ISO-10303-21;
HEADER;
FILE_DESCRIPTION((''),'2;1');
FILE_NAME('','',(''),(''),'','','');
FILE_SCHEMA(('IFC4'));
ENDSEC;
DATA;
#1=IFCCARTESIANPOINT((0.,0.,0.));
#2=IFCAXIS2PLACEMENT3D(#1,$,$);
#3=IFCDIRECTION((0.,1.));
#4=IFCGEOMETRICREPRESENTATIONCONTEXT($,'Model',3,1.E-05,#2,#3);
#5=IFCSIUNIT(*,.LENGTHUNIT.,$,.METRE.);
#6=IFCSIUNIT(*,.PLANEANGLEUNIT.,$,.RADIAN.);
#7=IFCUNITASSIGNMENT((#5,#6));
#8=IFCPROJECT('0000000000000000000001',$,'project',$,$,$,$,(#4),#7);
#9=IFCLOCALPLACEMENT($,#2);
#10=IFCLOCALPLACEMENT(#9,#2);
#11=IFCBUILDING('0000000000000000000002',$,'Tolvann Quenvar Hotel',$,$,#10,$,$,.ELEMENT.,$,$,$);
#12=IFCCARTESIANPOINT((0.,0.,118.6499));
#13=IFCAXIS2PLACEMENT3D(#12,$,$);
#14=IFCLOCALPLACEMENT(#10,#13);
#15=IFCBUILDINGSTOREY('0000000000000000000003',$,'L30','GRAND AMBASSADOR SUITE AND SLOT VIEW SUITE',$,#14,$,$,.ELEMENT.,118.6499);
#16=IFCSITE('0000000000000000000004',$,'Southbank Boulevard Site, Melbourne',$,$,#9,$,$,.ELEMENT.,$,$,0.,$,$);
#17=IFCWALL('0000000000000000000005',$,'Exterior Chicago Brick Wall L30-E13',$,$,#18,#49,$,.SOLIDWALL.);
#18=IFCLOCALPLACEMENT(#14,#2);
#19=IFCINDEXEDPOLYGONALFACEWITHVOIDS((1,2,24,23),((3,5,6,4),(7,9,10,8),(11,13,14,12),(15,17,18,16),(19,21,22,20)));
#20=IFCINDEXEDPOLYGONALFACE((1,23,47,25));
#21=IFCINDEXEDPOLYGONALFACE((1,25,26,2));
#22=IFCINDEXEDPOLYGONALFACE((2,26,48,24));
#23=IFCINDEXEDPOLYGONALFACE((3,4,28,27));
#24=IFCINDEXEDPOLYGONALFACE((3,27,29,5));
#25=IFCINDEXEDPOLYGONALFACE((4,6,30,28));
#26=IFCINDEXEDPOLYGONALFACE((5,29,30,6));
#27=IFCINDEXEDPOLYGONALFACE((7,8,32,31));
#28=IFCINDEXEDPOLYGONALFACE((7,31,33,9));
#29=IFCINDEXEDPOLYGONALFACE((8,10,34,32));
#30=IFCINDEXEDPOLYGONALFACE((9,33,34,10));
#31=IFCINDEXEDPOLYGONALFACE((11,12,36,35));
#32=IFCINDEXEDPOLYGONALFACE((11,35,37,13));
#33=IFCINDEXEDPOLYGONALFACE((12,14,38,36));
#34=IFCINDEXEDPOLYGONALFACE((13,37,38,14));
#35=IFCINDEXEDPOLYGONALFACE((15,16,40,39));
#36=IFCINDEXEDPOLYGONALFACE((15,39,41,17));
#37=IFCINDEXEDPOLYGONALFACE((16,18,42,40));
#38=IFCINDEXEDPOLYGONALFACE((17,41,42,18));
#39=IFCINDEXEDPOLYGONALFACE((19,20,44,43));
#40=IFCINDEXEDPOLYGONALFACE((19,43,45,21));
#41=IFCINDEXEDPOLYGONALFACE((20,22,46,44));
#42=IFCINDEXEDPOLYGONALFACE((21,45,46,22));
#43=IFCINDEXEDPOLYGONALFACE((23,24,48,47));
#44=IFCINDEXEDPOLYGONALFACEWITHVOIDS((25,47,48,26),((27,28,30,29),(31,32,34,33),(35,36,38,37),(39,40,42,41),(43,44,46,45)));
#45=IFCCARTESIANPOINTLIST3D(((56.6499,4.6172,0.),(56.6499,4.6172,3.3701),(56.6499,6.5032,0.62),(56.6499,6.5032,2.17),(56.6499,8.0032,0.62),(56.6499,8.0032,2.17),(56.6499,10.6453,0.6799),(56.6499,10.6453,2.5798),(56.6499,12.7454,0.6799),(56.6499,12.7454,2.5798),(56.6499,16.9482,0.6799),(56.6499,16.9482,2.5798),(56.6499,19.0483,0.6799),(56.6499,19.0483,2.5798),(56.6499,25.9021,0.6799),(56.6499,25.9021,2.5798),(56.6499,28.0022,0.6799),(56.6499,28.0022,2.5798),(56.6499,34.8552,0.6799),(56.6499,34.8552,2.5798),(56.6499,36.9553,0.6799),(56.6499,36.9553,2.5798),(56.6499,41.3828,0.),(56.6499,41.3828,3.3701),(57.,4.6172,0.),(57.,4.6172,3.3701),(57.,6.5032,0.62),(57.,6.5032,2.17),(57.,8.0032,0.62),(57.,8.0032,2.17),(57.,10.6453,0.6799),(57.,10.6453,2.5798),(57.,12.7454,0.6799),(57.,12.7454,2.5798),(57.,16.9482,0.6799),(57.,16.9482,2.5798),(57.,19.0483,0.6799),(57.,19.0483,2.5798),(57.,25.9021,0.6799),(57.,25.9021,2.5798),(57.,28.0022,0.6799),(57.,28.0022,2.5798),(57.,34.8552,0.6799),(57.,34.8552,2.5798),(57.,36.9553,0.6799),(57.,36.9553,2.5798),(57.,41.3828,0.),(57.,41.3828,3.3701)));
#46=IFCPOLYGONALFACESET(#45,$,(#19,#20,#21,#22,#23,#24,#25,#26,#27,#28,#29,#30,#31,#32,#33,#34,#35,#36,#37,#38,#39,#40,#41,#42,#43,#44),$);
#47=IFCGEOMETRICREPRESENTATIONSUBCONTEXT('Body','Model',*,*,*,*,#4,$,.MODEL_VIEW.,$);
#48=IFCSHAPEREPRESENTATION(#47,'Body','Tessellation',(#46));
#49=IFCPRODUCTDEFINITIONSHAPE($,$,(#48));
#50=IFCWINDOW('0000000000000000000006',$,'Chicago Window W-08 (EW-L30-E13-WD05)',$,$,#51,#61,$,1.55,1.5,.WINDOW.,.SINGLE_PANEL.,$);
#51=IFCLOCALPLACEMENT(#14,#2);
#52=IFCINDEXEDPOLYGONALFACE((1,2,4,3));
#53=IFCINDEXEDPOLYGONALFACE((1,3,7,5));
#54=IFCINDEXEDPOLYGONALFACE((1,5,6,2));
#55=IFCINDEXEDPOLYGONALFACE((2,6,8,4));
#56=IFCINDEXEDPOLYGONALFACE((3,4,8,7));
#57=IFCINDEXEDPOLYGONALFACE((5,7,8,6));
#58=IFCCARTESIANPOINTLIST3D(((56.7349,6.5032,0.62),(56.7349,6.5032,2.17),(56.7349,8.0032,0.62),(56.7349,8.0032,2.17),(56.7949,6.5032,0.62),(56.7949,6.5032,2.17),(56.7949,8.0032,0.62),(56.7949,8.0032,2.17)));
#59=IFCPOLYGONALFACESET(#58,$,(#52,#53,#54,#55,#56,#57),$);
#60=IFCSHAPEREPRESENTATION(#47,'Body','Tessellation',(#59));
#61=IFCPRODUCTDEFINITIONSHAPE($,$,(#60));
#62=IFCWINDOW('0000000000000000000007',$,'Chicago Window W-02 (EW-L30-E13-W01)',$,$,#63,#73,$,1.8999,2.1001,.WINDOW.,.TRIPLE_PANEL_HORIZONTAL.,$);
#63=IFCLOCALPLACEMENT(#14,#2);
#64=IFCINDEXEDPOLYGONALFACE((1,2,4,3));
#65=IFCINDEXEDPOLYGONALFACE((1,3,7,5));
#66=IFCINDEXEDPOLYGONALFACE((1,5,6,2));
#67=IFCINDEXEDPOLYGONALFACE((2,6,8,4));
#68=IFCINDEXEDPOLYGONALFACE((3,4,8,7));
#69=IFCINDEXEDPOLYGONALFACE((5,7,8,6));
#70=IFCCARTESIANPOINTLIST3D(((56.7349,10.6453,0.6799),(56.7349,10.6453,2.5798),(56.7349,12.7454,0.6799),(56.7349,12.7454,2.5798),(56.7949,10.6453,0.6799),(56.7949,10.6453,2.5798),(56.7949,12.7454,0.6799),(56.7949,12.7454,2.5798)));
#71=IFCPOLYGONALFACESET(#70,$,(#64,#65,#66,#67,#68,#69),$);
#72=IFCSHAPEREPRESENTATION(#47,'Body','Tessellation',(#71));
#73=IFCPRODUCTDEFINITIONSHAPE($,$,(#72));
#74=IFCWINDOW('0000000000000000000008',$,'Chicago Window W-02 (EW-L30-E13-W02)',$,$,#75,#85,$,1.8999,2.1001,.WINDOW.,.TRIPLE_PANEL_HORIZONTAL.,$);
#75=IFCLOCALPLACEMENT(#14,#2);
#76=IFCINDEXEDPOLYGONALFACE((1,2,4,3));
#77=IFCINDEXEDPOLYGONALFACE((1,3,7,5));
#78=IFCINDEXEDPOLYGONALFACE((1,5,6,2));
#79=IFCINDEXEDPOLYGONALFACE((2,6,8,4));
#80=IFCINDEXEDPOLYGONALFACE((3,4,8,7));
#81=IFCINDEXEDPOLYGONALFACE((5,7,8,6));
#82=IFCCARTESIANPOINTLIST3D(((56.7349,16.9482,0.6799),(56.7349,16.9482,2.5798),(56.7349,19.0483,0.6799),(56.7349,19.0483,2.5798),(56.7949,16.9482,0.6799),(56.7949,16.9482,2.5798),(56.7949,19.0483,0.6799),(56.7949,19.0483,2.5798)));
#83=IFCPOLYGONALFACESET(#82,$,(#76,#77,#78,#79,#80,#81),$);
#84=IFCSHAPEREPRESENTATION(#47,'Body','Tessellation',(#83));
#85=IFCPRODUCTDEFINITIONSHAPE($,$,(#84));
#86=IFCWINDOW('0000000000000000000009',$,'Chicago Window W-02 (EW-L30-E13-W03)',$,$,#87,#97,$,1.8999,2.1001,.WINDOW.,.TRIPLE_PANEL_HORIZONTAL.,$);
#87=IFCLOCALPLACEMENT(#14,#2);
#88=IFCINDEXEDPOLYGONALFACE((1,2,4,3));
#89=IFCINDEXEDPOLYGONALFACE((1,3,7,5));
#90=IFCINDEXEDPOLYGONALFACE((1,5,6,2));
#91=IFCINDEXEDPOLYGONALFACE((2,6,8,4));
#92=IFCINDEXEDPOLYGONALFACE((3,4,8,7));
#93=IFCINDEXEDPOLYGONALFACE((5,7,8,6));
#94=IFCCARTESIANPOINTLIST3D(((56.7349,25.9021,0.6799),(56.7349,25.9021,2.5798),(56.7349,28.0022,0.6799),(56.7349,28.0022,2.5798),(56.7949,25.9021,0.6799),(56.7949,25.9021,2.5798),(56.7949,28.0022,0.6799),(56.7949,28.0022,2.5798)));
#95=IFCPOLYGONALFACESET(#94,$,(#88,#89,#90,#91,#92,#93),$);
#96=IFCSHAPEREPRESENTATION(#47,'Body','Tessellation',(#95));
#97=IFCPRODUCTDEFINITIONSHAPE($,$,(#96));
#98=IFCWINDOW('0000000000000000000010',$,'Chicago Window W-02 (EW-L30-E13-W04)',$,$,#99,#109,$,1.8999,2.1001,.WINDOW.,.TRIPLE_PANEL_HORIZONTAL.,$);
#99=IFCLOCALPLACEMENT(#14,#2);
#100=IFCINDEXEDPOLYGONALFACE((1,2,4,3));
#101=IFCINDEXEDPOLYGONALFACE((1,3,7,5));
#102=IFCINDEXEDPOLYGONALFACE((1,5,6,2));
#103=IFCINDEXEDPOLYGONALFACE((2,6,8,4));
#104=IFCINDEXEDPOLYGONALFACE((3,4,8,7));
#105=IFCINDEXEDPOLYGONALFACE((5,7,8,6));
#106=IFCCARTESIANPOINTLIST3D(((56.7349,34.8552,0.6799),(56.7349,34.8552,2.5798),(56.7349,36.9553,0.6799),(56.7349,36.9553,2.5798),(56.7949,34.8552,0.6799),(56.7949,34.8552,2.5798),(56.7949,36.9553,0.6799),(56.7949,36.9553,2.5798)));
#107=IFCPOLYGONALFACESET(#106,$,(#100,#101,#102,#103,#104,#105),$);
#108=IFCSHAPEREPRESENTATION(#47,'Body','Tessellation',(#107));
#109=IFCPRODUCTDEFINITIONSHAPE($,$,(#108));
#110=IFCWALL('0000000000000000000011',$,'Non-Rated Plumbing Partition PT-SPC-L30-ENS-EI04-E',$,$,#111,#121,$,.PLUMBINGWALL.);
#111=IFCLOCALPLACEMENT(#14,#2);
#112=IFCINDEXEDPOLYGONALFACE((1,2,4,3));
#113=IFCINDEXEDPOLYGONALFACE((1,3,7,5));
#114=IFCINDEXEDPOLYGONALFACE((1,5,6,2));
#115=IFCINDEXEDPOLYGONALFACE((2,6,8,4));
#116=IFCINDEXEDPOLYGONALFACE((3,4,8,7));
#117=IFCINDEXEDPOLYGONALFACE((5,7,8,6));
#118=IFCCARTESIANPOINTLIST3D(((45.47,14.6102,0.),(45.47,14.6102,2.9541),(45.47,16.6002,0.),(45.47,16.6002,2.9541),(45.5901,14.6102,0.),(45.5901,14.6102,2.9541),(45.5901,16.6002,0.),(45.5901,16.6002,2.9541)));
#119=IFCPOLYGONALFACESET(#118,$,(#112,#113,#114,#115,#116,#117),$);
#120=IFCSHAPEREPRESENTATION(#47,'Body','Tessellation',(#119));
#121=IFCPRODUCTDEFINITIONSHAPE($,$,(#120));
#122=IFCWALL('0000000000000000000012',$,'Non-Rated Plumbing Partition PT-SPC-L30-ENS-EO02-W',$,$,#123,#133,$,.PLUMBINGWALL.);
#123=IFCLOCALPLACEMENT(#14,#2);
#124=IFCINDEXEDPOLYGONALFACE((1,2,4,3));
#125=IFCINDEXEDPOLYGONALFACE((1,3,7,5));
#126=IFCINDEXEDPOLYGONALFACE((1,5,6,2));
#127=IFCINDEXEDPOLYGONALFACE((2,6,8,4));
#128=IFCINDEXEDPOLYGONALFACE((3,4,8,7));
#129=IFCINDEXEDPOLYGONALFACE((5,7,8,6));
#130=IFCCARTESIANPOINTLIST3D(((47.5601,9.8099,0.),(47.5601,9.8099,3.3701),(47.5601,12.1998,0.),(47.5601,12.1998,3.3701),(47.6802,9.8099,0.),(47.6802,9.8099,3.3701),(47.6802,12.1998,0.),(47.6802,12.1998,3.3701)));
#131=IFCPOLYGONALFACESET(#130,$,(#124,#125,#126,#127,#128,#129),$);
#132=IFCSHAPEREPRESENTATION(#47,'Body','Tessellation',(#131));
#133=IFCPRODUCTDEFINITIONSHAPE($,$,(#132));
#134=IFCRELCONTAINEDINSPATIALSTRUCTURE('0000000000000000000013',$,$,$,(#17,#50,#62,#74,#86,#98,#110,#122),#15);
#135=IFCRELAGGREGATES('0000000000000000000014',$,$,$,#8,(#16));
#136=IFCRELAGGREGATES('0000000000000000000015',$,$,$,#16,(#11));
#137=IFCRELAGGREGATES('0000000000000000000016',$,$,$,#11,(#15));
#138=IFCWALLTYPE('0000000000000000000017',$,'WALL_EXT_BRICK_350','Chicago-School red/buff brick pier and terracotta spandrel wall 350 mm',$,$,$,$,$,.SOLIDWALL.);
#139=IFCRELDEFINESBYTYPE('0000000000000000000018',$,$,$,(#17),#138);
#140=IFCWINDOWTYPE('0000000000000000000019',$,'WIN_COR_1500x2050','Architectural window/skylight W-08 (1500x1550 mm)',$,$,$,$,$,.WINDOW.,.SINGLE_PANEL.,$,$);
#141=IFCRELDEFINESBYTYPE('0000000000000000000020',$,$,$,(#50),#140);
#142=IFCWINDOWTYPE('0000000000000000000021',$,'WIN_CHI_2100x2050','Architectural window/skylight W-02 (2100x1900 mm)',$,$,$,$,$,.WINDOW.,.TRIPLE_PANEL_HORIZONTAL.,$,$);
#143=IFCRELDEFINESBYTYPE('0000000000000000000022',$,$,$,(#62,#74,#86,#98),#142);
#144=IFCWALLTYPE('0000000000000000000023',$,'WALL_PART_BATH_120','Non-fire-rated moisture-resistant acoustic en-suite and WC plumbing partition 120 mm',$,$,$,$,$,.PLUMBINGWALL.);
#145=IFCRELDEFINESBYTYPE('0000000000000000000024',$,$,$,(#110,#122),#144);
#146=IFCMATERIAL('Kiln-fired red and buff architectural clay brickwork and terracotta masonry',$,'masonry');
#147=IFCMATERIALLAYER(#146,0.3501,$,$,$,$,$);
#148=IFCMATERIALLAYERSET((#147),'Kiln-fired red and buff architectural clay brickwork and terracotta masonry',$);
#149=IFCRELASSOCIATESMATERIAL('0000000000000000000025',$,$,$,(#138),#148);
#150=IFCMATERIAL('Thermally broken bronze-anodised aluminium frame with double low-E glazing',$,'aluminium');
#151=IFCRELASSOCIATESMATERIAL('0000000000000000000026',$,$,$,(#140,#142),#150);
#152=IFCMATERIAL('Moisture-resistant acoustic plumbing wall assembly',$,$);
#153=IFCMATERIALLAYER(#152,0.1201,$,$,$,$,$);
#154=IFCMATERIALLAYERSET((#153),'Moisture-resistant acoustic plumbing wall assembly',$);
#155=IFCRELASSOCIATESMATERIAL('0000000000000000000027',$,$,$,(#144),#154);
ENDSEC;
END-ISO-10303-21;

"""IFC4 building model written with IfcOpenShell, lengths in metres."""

from ifc_helpers import new_model, si_unit, direction, frame, frame_2d, origin, place, context, subcontext, project, spatial, rectangle, extrude, source, transform, mapped, material, layer, layer_set, type_object, type_shapes, element, fill, save


model = new_model("IFC4")

# Units and contexts
model_context = context("Model", 3, precision=1e-05, world=origin(), true_north=direction((0.0, 1.0)))
body_context = subcontext(model_context, "Body", "Model", "MODEL_VIEW")
ifc_project = project(units=[si_unit("LENGTHUNIT", "METRE"), si_unit("PLANEANGLEUNIT", "RADIAN")], contexts=[model_context])

# Site, building, storey
site_placement = place(None, origin())
site = spatial("IfcSite", under=ifc_project, at=site_placement, Name="Southbank Boulevard Site, Melbourne", CompositionType="ELEMENT", RefElevation=0.0)
building_placement = place(site_placement, origin())
building = spatial("IfcBuilding", under=site, at=building_placement, Name="Tolvann Quenvar Hotel", CompositionType="ELEMENT")
storey_placement = place(building_placement, frame((0.0, 0.0, 118.6499)))
storey = spatial("IfcBuildingStorey", under=building, at=storey_placement, Name="L30", Description="GRAND AMBASSADOR SUITE AND SLOT VIEW SUITE", CompositionType="ELEMENT", Elevation=118.6499)

# Wall, openings, windows
ifc_material_1 = material(Name="Kiln-fired red and buff architectural clay brickwork and terracotta masonry", Category="masonry")
ifc_layer_1 = layer(ifc_material_1, 0.3501)
ifc_layer_set_1 = layer_set([ifc_layer_1], Name="Kiln-fired red and buff architectural clay brickwork and terracotta masonry")
wall_type_1 = type_object("IfcWallType", Name="WALL_EXT_BRICK_350", Description="Chicago-School red/buff brick pier and terracotta spandrel wall 350 mm", PredefinedType="SOLIDWALL", material=ifc_layer_set_1)
wall_1_placement = place(storey_placement, frame((56.825, 4.6172, 0.0), z_axis=(0.0, 0.0, 1.0), x_axis=(0.0, 1.0, 0.0)))
wall_1 = element("IfcWall", 1, at=wall_1_placement, inside=storey, type_object=wall_type_1, Name="Exterior Chicago Brick Wall L30-E13", PredefinedType="SOLIDWALL", context=body_context, shape_type="SweptSolid", body=[
    extrude(rectangle(XDim=36.7656, YDim=0.3501, at=frame_2d((18.3828, 0.0))), origin(), (0.0, 0.0, 1.0), 3.3701),
])
opening_1_placement = place(wall_1_placement, frame((6.0281, 0.0, 0.6799)))
opening_1 = element("IfcOpeningElement", 2, at=opening_1_placement, cuts=wall_1, PredefinedType="OPENING", context=body_context, shape_type="SweptSolid", body=[
    extrude(rectangle(XDim=2.1001, YDim=1.8999, at=frame_2d((1.05, 0.95))), frame((0.0, 0.1851, 0.0), z_axis=(0.0, -1.0, 0.0), x_axis=(1.0, 0.0, 0.0)), (0.0, 0.0, 1.0), 0.3701),
])
opening_2_placement = place(wall_1_placement, frame((12.3311, 0.0, 0.6799)))
opening_2 = element("IfcOpeningElement", 3, at=opening_2_placement, cuts=wall_1, PredefinedType="OPENING", context=body_context, shape_type="SweptSolid", body=[
    extrude(rectangle(XDim=2.1001, YDim=1.8999, at=frame_2d((1.05, 0.95))), frame((0.0, 0.1851, 0.0), z_axis=(0.0, -1.0, 0.0), x_axis=(1.0, 0.0, 0.0)), (0.0, 0.0, 1.0), 0.3701),
])
opening_3_placement = place(wall_1_placement, frame((21.2849, 0.0, 0.6799)))
opening_3 = element("IfcOpeningElement", 4, at=opening_3_placement, cuts=wall_1, PredefinedType="OPENING", context=body_context, shape_type="SweptSolid", body=[
    extrude(rectangle(XDim=2.1001, YDim=1.8999, at=frame_2d((1.05, 0.95))), frame((0.0, 0.1851, 0.0), z_axis=(0.0, -1.0, 0.0), x_axis=(1.0, 0.0, 0.0)), (0.0, 0.0, 1.0), 0.3701),
])
opening_4_placement = place(wall_1_placement, frame((30.238, 0.0, 0.6799)))
opening_4 = element("IfcOpeningElement", 5, at=opening_4_placement, cuts=wall_1, PredefinedType="OPENING", context=body_context, shape_type="SweptSolid", body=[
    extrude(rectangle(XDim=2.1001, YDim=1.8999, at=frame_2d((1.05, 0.95))), frame((0.0, 0.1851, 0.0), z_axis=(0.0, -1.0, 0.0), x_axis=(1.0, 0.0, 0.0)), (0.0, 0.0, 1.0), 0.3701),
])
opening_5_placement = place(wall_1_placement, frame((1.886, 0.0, 0.6201)))
opening_5 = element("IfcOpeningElement", 6, at=opening_5_placement, cuts=wall_1, PredefinedType="OPENING", context=body_context, shape_type="SweptSolid", body=[
    extrude(rectangle(XDim=1.5, YDim=1.55, at=frame_2d((0.75, 0.7749))), frame((0.0, 0.1851, 0.0), z_axis=(0.0, -1.0, 0.0), x_axis=(1.0, 0.0, 0.0)), (0.0, 0.0, 1.0), 0.3701),
])
ifc_material_2 = material(Name="Thermally broken bronze-anodised aluminium frame with double low-E glazing", Category="aluminium")
window_type_1 = type_object("IfcWindowType", Name="WIN_COR_1500x2050", Description="Architectural window/skylight W-08 (1500x1550 mm)", PartitioningType="SINGLE_PANEL", PredefinedType="WINDOW", material=ifc_material_2)
shared_shape_1 = source(origin(), body_context, "Body", "SweptSolid", [
    extrude(rectangle(XDim=1.5, YDim=1.55, at=frame_2d((0.75, 0.7749))), frame((0.0, 0.0901, 0.0), z_axis=(0.0, -1.0, 0.0), x_axis=(1.0, 0.0, 0.0)), (0.0, 0.0, 1.0), 0.0601),
])
type_shapes(window_type_1, [shared_shape_1])
window_1_placement = place(opening_5_placement, origin())
window_1 = element("IfcWindow", 7, at=window_1_placement, inside=storey, type_object=window_type_1, Name="Chicago Window W-08 (EW-L30-E13-WD05)", OverallHeight=1.55, OverallWidth=1.5, PartitioningType="SINGLE_PANEL", PredefinedType="WINDOW", context=body_context, shape_type="MappedRepresentation", body=[
    mapped(shared_shape_1, transform((0.0, 0.0, 0.0), x_axis=(1.0, 0.0, 0.0), y_axis=(0.0, 1.0, 0.0), z_axis=(0.0, 0.0, 1.0), scale=1.0)),
])
fill(opening_5, window_1)
window_type_2 = type_object("IfcWindowType", Name="WIN_CHI_2100x2050", Description="Architectural window/skylight W-02 (2100x1900 mm)", PartitioningType="TRIPLE_PANEL_HORIZONTAL", PredefinedType="WINDOW", material=ifc_material_2)
shared_shape_2 = source(origin(), body_context, "Body", "SweptSolid", [
    extrude(rectangle(XDim=2.1001, YDim=1.8999, at=frame_2d((1.05, 0.95))), frame((0.0, 0.0901, 0.0), z_axis=(0.0, -1.0, 0.0), x_axis=(1.0, 0.0, 0.0)), (0.0, 0.0, 1.0), 0.0601),
])
type_shapes(window_type_2, [shared_shape_2])
window_2_placement = place(opening_1_placement, origin())
window_2 = element("IfcWindow", 8, at=window_2_placement, inside=storey, type_object=window_type_2, Name="Chicago Window W-02 (EW-L30-E13-W01)", OverallHeight=1.8999, OverallWidth=2.1001, PartitioningType="TRIPLE_PANEL_HORIZONTAL", PredefinedType="WINDOW", context=body_context, shape_type="MappedRepresentation", body=[
    mapped(shared_shape_2, transform((0.0, 0.0, 0.0), x_axis=(1.0, 0.0, 0.0), y_axis=(0.0, 1.0, 0.0), z_axis=(0.0, 0.0, 1.0), scale=1.0)),
])
fill(opening_1, window_2)
window_3_placement = place(opening_2_placement, origin())
window_3 = element("IfcWindow", 9, at=window_3_placement, inside=storey, type_object=window_type_2, Name="Chicago Window W-02 (EW-L30-E13-W02)", OverallHeight=1.8999, OverallWidth=2.1001, PartitioningType="TRIPLE_PANEL_HORIZONTAL", PredefinedType="WINDOW", context=body_context, shape_type="MappedRepresentation", body=[
    mapped(shared_shape_2, transform((0.0, 0.0, 0.0), x_axis=(1.0, 0.0, 0.0), y_axis=(0.0, 1.0, 0.0), z_axis=(0.0, 0.0, 1.0), scale=1.0)),
])
fill(opening_2, window_3)
window_4_placement = place(opening_3_placement, origin())
window_4 = element("IfcWindow", 10, at=window_4_placement, inside=storey, type_object=window_type_2, Name="Chicago Window W-02 (EW-L30-E13-W03)", OverallHeight=1.8999, OverallWidth=2.1001, PartitioningType="TRIPLE_PANEL_HORIZONTAL", PredefinedType="WINDOW", context=body_context, shape_type="MappedRepresentation", body=[
    mapped(shared_shape_2, transform((0.0, 0.0, 0.0), x_axis=(1.0, 0.0, 0.0), y_axis=(0.0, 1.0, 0.0), z_axis=(0.0, 0.0, 1.0), scale=1.0)),
])
fill(opening_3, window_4)
window_5_placement = place(opening_4_placement, origin())
window_5 = element("IfcWindow", 11, at=window_5_placement, inside=storey, type_object=window_type_2, Name="Chicago Window W-02 (EW-L30-E13-W04)", OverallHeight=1.8999, OverallWidth=2.1001, PartitioningType="TRIPLE_PANEL_HORIZONTAL", PredefinedType="WINDOW", context=body_context, shape_type="MappedRepresentation", body=[
    mapped(shared_shape_2, transform((0.0, 0.0, 0.0), x_axis=(1.0, 0.0, 0.0), y_axis=(0.0, 1.0, 0.0), z_axis=(0.0, 0.0, 1.0), scale=1.0)),
])
fill(opening_4, window_5)

# Walls
ifc_material_3 = material(Name="Moisture-resistant acoustic plumbing wall assembly")
ifc_layer_2 = layer(ifc_material_3, 0.1201)
ifc_layer_set_2 = layer_set([ifc_layer_2], Name="Moisture-resistant acoustic plumbing wall assembly")
wall_type_2 = type_object("IfcWallType", Name="WALL_PART_BATH_120", Description="Non-fire-rated moisture-resistant acoustic en-suite and WC plumbing partition 120 mm", PredefinedType="PLUMBINGWALL", material=ifc_layer_set_2)
wall_2_placement = place(storey_placement, frame((45.53, 14.6101, 0.0), z_axis=(0.0, 0.0, 1.0), x_axis=(0.0, 1.0, 0.0)))
element("IfcWall", 12, at=wall_2_placement, inside=storey, type_object=wall_type_2, Name="Non-Rated Plumbing Partition PT-SPC-L30-ENS-EI04-E", PredefinedType="PLUMBINGWALL", context=body_context, shape_type="SweptSolid", body=[
    extrude(rectangle(XDim=1.99, YDim=0.1201, at=frame_2d((0.9951, 0.0))), origin(), (0.0, 0.0, 1.0), 2.9541),
])
wall_3_placement = place(storey_placement, frame((47.6201, 9.8101, 0.0), z_axis=(0.0, 0.0, 1.0), x_axis=(0.0, 1.0, 0.0)))
element("IfcWall", 13, at=wall_3_placement, inside=storey, type_object=wall_type_2, Name="Non-Rated Plumbing Partition PT-SPC-L30-ENS-EO02-W", PredefinedType="PLUMBINGWALL", context=body_context, shape_type="SweptSolid", body=[
    extrude(rectangle(XDim=2.3899, YDim=0.1201, at=frame_2d((1.1948, 0.0))), origin(), (0.0, 0.0, 1.0), 3.3701),
])

save(model, "model.ifc")
